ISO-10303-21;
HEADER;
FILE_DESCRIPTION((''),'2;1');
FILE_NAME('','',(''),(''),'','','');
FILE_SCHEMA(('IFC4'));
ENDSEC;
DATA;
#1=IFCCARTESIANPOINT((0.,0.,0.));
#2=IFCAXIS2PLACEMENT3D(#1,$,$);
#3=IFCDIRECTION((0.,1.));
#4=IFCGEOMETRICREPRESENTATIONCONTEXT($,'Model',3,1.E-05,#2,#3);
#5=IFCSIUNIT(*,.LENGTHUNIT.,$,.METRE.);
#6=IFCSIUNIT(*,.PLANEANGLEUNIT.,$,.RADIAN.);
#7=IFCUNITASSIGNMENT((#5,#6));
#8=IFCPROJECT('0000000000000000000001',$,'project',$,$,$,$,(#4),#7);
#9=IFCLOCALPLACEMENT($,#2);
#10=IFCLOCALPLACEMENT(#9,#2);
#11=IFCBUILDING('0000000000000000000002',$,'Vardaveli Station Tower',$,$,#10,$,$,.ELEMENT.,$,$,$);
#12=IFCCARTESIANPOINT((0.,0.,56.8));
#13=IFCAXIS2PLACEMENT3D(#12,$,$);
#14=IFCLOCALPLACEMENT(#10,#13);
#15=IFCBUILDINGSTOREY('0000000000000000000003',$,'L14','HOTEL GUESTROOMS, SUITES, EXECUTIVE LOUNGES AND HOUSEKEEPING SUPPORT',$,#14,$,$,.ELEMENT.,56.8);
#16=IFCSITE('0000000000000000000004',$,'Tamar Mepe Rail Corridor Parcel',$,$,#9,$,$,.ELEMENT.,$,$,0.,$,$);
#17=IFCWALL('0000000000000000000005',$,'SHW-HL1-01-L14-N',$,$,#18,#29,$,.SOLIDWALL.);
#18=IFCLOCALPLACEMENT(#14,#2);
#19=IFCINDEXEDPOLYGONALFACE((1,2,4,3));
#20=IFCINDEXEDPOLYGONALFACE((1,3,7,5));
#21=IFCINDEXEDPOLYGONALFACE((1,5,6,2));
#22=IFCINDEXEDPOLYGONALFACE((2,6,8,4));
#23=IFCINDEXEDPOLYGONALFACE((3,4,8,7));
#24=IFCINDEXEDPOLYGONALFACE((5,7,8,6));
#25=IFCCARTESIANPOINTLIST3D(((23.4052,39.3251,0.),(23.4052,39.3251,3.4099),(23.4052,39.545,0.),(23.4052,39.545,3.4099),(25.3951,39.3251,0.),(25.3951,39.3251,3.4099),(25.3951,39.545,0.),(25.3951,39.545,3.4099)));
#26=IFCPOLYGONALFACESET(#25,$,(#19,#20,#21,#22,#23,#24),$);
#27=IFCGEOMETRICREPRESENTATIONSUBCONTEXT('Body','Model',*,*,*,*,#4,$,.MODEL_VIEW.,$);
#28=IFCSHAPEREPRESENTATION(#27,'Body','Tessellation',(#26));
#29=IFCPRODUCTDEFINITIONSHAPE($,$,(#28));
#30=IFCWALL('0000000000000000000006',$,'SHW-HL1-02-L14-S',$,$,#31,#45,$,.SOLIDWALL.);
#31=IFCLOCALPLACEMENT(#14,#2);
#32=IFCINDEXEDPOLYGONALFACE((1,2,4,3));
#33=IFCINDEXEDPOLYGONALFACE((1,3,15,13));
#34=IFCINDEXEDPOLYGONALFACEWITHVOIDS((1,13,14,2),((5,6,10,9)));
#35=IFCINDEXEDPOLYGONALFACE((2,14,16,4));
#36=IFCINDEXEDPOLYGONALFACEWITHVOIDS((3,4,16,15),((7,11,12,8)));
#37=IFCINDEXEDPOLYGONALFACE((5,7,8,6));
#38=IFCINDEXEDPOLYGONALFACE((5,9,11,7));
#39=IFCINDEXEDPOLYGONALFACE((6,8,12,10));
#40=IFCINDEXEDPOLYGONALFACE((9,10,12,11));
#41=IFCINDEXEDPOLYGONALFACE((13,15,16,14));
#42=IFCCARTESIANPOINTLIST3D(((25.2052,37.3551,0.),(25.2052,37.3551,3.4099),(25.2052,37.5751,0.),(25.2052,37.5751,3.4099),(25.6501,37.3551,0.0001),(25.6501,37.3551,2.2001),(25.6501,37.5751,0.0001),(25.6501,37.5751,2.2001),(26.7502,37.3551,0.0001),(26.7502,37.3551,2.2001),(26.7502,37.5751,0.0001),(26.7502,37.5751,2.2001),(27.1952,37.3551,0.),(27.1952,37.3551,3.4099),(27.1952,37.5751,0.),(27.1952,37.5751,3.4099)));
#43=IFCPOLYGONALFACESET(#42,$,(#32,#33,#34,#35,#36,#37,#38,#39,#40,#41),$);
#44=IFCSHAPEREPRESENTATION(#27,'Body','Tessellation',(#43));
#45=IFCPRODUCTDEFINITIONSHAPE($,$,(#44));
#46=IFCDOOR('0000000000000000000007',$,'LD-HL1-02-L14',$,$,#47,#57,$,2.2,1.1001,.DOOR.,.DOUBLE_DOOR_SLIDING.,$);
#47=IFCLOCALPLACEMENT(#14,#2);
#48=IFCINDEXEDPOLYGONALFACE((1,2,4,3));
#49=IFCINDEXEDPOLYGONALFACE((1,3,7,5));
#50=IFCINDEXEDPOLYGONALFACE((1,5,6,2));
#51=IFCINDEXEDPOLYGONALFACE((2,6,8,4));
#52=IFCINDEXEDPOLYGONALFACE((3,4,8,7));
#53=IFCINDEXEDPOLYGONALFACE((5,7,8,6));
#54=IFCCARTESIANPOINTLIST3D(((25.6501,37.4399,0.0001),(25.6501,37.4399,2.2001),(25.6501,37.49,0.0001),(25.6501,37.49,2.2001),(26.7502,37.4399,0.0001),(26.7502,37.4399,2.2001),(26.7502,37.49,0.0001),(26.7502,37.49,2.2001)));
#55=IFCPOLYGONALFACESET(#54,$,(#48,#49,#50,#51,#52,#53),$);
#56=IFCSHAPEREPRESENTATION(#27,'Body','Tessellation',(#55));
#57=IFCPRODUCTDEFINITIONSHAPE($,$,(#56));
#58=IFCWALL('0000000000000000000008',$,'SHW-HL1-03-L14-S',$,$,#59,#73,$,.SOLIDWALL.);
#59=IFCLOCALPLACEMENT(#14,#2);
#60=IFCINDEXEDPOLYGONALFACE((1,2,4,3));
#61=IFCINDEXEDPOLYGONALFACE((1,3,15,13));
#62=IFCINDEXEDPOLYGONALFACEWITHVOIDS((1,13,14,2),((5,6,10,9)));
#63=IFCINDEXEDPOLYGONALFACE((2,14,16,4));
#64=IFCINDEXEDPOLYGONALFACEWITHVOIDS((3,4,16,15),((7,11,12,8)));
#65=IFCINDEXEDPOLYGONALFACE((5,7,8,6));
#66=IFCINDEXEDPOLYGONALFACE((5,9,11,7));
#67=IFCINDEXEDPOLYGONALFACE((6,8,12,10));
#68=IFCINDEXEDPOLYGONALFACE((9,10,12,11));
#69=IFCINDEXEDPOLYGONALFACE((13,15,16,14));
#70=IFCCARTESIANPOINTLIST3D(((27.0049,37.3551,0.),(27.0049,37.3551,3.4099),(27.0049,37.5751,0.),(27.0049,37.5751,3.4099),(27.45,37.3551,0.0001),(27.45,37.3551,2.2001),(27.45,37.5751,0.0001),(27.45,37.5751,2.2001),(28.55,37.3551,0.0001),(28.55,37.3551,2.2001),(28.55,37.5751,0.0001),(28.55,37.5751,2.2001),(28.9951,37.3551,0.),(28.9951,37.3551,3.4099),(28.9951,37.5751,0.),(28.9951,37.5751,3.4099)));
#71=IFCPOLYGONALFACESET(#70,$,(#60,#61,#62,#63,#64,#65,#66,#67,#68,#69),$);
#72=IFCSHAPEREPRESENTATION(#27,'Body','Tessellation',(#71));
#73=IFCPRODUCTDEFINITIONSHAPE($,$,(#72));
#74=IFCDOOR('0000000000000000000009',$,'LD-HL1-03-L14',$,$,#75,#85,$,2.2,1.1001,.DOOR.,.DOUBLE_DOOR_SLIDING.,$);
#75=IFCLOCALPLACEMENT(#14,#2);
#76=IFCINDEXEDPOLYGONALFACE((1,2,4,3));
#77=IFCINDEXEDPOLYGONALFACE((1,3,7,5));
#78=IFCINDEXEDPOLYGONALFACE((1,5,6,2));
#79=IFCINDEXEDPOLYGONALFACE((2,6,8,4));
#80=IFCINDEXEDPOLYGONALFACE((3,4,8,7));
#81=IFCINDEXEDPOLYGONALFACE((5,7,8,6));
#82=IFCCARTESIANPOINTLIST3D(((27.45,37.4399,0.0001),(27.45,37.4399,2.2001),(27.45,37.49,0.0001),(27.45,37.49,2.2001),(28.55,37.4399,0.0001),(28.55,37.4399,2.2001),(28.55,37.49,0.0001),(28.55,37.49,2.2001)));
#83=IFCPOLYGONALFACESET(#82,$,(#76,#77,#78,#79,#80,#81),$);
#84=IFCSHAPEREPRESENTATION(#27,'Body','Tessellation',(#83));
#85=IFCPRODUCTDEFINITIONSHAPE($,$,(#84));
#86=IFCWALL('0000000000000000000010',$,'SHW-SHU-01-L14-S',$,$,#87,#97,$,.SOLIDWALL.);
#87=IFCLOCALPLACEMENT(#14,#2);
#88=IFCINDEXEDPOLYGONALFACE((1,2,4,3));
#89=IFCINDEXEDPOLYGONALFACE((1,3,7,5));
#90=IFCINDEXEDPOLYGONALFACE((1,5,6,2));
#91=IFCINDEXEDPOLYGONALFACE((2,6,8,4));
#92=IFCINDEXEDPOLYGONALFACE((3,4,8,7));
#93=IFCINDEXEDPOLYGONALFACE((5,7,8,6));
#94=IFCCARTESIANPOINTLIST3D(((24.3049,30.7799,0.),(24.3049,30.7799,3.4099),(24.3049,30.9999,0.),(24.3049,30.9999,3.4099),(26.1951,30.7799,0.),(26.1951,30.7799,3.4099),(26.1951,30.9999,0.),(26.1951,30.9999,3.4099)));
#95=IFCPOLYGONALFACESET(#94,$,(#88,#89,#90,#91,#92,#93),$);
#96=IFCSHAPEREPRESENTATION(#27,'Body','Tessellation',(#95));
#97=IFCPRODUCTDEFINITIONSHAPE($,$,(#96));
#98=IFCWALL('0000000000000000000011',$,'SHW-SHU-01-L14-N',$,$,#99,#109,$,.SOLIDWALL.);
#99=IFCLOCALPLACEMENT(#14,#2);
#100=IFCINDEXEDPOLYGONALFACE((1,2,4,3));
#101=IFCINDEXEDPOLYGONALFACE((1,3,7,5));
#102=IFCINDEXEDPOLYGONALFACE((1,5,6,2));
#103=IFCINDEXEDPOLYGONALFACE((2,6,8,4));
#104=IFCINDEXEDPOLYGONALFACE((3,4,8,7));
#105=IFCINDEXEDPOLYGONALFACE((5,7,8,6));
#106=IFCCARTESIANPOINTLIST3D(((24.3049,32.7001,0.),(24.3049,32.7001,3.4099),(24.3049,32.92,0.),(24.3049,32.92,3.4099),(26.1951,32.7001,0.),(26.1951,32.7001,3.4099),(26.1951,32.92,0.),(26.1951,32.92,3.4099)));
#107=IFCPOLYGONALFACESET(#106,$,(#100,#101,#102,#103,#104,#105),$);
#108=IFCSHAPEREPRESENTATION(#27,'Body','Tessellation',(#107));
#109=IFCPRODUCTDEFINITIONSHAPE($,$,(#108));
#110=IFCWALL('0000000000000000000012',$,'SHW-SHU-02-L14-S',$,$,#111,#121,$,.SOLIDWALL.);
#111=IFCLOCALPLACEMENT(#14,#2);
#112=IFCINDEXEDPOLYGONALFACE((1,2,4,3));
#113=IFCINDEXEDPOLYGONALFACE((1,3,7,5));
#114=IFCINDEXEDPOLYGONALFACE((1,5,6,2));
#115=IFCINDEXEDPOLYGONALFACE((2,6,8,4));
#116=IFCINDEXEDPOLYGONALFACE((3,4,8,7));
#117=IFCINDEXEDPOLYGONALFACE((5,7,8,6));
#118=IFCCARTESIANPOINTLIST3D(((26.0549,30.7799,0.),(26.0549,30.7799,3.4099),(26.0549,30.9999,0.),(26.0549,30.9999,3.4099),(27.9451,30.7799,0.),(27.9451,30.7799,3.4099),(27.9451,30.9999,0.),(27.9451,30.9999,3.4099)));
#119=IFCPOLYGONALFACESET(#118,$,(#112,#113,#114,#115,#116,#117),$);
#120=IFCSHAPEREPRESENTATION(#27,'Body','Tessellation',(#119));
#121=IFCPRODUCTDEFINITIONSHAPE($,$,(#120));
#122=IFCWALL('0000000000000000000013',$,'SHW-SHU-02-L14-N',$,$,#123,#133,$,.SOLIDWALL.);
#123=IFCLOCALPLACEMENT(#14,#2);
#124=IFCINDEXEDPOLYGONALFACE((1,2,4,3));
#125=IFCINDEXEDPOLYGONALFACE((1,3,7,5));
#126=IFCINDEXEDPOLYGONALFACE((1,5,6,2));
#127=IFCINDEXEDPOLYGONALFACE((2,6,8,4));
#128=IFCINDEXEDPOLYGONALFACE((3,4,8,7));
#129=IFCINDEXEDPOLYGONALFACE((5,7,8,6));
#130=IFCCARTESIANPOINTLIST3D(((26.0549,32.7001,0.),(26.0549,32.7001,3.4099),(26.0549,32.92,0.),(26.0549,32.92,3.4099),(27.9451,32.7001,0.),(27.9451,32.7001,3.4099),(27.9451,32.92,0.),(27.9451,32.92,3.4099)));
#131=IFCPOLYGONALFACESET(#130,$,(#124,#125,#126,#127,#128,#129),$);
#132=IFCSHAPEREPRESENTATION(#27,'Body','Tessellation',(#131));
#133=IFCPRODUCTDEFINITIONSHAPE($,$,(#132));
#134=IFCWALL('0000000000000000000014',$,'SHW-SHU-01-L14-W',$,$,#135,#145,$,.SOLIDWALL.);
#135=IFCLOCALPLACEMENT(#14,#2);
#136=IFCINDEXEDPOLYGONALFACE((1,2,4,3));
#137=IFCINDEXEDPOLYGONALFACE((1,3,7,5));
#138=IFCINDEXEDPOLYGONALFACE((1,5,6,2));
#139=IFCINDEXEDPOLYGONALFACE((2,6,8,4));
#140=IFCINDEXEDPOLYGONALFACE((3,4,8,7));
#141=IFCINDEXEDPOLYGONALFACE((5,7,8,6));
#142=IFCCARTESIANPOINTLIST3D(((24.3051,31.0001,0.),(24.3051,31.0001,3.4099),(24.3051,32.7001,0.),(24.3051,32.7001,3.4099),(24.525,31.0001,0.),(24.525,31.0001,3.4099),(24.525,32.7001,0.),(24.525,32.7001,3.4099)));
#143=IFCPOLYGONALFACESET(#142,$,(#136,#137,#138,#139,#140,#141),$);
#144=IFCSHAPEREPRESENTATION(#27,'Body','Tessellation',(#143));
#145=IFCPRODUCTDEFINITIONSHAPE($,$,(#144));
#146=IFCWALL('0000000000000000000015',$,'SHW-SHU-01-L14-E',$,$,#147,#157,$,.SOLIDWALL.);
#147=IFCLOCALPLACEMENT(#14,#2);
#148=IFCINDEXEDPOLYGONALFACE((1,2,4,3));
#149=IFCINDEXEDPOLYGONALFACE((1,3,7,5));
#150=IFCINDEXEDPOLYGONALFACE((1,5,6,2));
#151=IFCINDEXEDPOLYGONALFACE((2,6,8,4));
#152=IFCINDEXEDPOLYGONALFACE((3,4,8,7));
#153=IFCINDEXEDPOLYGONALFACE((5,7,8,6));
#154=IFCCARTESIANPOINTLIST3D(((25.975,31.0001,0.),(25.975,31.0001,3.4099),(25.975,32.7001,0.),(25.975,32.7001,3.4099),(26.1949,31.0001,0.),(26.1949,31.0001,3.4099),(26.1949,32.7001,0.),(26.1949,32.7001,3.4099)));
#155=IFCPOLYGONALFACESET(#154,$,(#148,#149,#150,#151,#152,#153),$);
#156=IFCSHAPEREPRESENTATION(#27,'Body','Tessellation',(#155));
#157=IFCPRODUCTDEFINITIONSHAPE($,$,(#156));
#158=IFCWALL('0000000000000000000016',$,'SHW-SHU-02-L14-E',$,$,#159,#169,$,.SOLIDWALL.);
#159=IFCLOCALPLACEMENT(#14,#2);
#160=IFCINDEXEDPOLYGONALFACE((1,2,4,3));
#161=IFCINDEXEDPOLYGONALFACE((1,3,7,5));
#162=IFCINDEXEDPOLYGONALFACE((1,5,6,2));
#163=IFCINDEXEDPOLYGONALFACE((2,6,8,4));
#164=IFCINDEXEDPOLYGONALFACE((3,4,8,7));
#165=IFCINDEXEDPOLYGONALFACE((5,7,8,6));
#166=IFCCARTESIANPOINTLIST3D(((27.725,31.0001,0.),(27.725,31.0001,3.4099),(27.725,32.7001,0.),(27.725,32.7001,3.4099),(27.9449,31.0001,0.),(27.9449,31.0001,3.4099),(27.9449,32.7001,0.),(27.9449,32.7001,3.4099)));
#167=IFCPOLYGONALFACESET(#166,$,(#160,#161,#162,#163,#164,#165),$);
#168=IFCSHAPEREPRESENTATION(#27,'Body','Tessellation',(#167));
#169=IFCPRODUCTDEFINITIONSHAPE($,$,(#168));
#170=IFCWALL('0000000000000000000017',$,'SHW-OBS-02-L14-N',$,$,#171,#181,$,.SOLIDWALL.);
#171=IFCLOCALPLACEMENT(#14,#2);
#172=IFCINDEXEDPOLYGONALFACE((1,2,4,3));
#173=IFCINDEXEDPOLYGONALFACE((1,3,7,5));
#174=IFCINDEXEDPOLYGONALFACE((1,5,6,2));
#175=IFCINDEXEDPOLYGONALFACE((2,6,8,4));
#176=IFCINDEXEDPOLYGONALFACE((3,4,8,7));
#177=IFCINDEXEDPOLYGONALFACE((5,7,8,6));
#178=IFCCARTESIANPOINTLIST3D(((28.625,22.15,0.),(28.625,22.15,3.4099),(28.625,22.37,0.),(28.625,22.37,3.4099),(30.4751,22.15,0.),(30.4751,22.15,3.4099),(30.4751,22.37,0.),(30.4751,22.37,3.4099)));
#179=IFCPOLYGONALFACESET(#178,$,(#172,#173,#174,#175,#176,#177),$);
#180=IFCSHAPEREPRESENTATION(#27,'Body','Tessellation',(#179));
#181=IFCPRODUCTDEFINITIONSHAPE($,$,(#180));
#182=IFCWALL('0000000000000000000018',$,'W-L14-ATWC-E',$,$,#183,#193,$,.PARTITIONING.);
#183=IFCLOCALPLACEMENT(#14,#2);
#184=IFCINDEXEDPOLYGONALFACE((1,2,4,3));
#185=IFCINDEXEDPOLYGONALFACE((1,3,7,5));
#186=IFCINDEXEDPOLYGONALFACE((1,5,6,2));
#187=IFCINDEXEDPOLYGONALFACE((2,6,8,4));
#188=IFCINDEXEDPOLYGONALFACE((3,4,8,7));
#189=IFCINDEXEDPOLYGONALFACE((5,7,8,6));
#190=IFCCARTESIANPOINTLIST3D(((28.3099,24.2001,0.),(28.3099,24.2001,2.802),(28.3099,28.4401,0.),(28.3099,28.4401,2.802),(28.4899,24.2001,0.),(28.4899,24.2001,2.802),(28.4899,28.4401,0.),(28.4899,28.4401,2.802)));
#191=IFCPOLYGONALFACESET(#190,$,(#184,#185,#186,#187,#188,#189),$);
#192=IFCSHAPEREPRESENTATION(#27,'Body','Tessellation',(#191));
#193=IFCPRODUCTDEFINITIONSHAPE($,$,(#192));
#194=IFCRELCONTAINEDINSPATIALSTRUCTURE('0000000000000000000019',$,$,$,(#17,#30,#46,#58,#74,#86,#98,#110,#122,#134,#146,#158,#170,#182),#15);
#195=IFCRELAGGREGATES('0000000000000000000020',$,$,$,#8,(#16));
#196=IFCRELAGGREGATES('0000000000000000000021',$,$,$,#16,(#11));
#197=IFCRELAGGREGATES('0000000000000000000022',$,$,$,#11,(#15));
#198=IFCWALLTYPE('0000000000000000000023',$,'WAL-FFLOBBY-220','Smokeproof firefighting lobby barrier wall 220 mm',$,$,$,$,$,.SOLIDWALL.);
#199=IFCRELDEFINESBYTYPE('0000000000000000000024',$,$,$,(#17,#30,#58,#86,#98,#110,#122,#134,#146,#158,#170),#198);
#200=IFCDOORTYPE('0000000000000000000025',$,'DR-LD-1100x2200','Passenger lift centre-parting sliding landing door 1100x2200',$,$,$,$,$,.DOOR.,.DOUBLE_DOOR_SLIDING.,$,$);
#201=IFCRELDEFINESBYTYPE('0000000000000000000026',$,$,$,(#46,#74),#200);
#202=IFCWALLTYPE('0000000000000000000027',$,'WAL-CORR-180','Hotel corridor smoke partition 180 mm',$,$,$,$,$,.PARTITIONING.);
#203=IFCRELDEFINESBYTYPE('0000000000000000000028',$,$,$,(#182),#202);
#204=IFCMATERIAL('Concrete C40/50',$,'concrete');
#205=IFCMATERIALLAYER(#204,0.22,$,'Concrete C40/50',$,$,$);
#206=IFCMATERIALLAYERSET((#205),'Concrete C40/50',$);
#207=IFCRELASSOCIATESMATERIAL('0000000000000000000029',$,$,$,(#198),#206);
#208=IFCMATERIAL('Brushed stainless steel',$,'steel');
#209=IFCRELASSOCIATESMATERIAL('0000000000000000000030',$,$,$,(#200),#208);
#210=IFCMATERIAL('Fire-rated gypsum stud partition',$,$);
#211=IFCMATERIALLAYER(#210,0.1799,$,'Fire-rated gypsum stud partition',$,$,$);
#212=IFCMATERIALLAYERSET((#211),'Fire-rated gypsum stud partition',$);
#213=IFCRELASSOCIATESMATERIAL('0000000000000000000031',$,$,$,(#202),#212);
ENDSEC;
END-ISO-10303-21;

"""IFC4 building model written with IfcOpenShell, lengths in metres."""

from ifc_helpers import new_model, si_unit, direction, frame, frame_2d, origin, place, context, subcontext, project, spatial, rectangle, extrude, source, transform, mapped, material, layer, layer_set, type_object, element, fill, save


model = new_model("IFC4")

# Units and contexts
model_context = context("Model", 3, precision=1e-05, world=origin(), true_north=direction((0.0, 1.0)))
body_context = subcontext(model_context, "Body", "Model", "MODEL_VIEW")
ifc_project = project(units=[si_unit("LENGTHUNIT", "METRE"), si_unit("PLANEANGLEUNIT", "RADIAN")], contexts=[model_context])

# Site, building, storey
site_placement = place(None, origin())
site = spatial("IfcSite", under=ifc_project, at=site_placement, Name="Tamar Mepe Rail Corridor Parcel", CompositionType="ELEMENT", RefElevation=0.0)
building_placement = place(site_placement, origin())
building = spatial("IfcBuilding", under=site, at=building_placement, Name="Vardaveli Station Tower", CompositionType="ELEMENT")
storey_placement = place(building_placement, frame((0.0, 0.0, 56.8)))
storey = spatial("IfcBuildingStorey", under=building, at=storey_placement, Name="L14", Description="HOTEL GUESTROOMS, SUITES, EXECUTIVE LOUNGES AND HOUSEKEEPING SUPPORT", CompositionType="ELEMENT", Elevation=56.8)

# Shared definitions
ifc_material_1 = material(Name="Concrete C40/50", Category="concrete")
ifc_layer_1 = layer(ifc_material_1, 0.22, Name="Concrete C40/50")
ifc_layer_set_1 = layer_set([ifc_layer_1], Name="Concrete C40/50")
wall_type_1 = type_object("IfcWallType", Name="WAL-FFLOBBY-220", Description="Smokeproof firefighting lobby barrier wall 220 mm", PredefinedType="SOLIDWALL", material=ifc_layer_set_1)

# Shared definitions
shared_shape_1 = source(origin(), body_context, "Body", "SweptSolid", [
    extrude(rectangle(XDim=1.99, YDim=0.22, at=frame_2d((0.9951, 0.0))), origin(), (0.0, 0.0, 1.0), 3.4099),
])
shared_shape_2 = source(origin(), body_context, "Body", "SweptSolid", [
    extrude(rectangle(XDim=1.1001, YDim=2.2, at=frame_2d((0.55, 1.1001))), frame((0.0, 0.1201, 0.0), z_axis=(0.0, -1.0, 0.0), x_axis=(1.0, 0.0, 0.0)), (0.0, 0.0, 1.0), 0.24),
])
ifc_material_2 = material(Name="Brushed stainless steel", Category="steel")
door_type_1 = type_object("IfcDoorType", Name="DR-LD-1100x2200", Description="Passenger lift centre-parting sliding landing door 1100x2200", OperationType="DOUBLE_DOOR_SLIDING", PredefinedType="DOOR", material=ifc_material_2)
shared_shape_3 = source(origin(), body_context, "Body", "SweptSolid", [
    extrude(rectangle(XDim=1.1001, YDim=2.2, at=frame_2d((0.55, 1.1001))), frame((0.0, 0.0249, 0.0), z_axis=(0.0, -1.0, 0.0), x_axis=(1.0, 0.0, 0.0)), (0.0, 0.0, 1.0), 0.05),
])

# Wall
wall_1_placement = place(storey_placement, frame((23.405, 39.4351, 0.0), z_axis=(0.0, 0.0, 1.0), x_axis=(1.0, 0.0, 0.0)))
element("IfcWall", 1, at=wall_1_placement, inside=storey, type_object=wall_type_1, Name="SHW-HL1-01-L14-N", PredefinedType="SOLIDWALL", context=body_context, shape_type="MappedRepresentation", body=[
    mapped(shared_shape_1, transform((0.0, 0.0, 0.0), scale=1.0)),
])

# Walls, openings, doors
wall_2_placement = place(storey_placement, frame((25.2051, 37.4651, 0.0), z_axis=(0.0, 0.0, 1.0), x_axis=(1.0, 0.0, 0.0)))
wall_2 = element("IfcWall", 2, at=wall_2_placement, inside=storey, type_object=wall_type_1, Name="SHW-HL1-02-L14-S", PredefinedType="SOLIDWALL", context=body_context, shape_type="MappedRepresentation", body=[
    mapped(shared_shape_1, transform((0.0, 0.0, 0.0), scale=1.0)),
])
opening_1_placement = place(wall_2_placement, frame((0.4451, 0.0, 0.0)))
opening_1 = element("IfcOpeningElement", 3, at=opening_1_placement, cuts=wall_2, PredefinedType="OPENING", context=body_context, shape_type="MappedRepresentation", body=[
    mapped(shared_shape_2, transform((0.0, 0.0, 0.0), scale=1.0)),
])
door_1_placement = place(opening_1_placement, origin())
door_1 = element("IfcDoor", 4, at=door_1_placement, inside=storey, type_object=door_type_1, Name="LD-HL1-02-L14", OperationType="DOUBLE_DOOR_SLIDING", OverallHeight=2.2, OverallWidth=1.1001, PredefinedType="DOOR", context=body_context, shape_type="MappedRepresentation", body=[
    mapped(shared_shape_3, transform((0.0, 0.0, 0.0), scale=1.0)),
])
fill(opening_1, door_1)
shared_shape_4 = source(origin(), body_context, "Body", "SweptSolid", [
    extrude(rectangle(XDim=1.9902, YDim=0.22, at=frame_2d((0.9951, 0.0))), origin(), (0.0, 0.0, 1.0), 3.4099),
])
wall_3_placement = place(storey_placement, frame((27.0049, 37.4651, 0.0), z_axis=(0.0, 0.0, 1.0), x_axis=(1.0, 0.0, 0.0)))
wall_3 = element("IfcWall", 5, at=wall_3_placement, inside=storey, type_object=wall_type_1, Name="SHW-HL1-03-L14-S", PredefinedType="SOLIDWALL", context=body_context, shape_type="MappedRepresentation", body=[
    mapped(shared_shape_4, transform((0.0, 0.0, 0.0), scale=1.0)),
])
opening_2_placement = place(wall_3_placement, frame((0.4451, 0.0, 0.0)))
opening_2 = element("IfcOpeningElement", 6, at=opening_2_placement, cuts=wall_3, PredefinedType="OPENING", context=body_context, shape_type="MappedRepresentation", body=[
    mapped(shared_shape_2, transform((0.0, 0.0, 0.0), scale=1.0)),
])
door_2_placement = place(opening_2_placement, origin())
door_2 = element("IfcDoor", 7, at=door_2_placement, inside=storey, type_object=door_type_1, Name="LD-HL1-03-L14", OperationType="DOUBLE_DOOR_SLIDING", OverallHeight=2.2, OverallWidth=1.1001, PredefinedType="DOOR", context=body_context, shape_type="MappedRepresentation", body=[
    mapped(shared_shape_3, transform((0.0, 0.0, 0.0), scale=1.0)),
])
fill(opening_2, door_2)

# Walls
shared_shape_5 = source(origin(), body_context, "Body", "SweptSolid", [
    extrude(rectangle(XDim=1.8901, YDim=0.22, at=frame_2d((0.9451, 0.0))), origin(), (0.0, 0.0, 1.0), 3.4099),
])
for number, where, z_axis, x_axis, name in (
    (8, (24.3049, 30.8899, 0.0), (0.0, 0.0, 1.0), (1.0, 0.0, 0.0), "SHW-SHU-01-L14-S"),
    (9, (24.3049, 32.8101, 0.0), (0.0, 0.0, 1.0), (1.0, 0.0, 0.0), "SHW-SHU-01-L14-N"),
    (10, (26.0549, 30.8899, 0.0), (0.0, 0.0, 1.0), (1.0, 0.0, 0.0), "SHW-SHU-02-L14-S"),
    (11, (26.0549, 32.8101, 0.0), (0.0, 0.0, 1.0), (1.0, 0.0, 0.0), "SHW-SHU-02-L14-N"),
):
    element("IfcWall", number, at=place(storey_placement, frame(where, z_axis=z_axis, x_axis=x_axis)), inside=storey, type_object=wall_type_1, Name=name, PredefinedType="SOLIDWALL", context=body_context, shape_type="MappedRepresentation", body=[
        mapped(shared_shape_5, transform((0.0, 0.0, 0.0), scale=1.0)),
    ])
shared_shape_6 = source(origin(), body_context, "Body", "SweptSolid", [
    extrude(rectangle(XDim=1.7, YDim=0.22, at=frame_2d((0.8501, 0.0))), origin(), (0.0, 0.0, 1.0), 3.4099),
])
for number, where, z_axis, x_axis, name in (
    (12, (24.415, 31.0, 0.0), (0.0, 0.0, 1.0), (0.0, 1.0, 0.0), "SHW-SHU-01-L14-W"),
    (13, (26.085, 31.0, 0.0), (0.0, 0.0, 1.0), (0.0, 1.0, 0.0), "SHW-SHU-01-L14-E"),
    (14, (27.835, 31.0, 0.0), (0.0, 0.0, 1.0), (0.0, 1.0, 0.0), "SHW-SHU-02-L14-E"),
):
    element("IfcWall", number, at=place(storey_placement, frame(where, z_axis=z_axis, x_axis=x_axis)), inside=storey, type_object=wall_type_1, Name=name, PredefinedType="SOLIDWALL", context=body_context, shape_type="MappedRepresentation", body=[
        mapped(shared_shape_6, transform((0.0, 0.0, 0.0), scale=1.0)),
    ])
shared_shape_7 = source(origin(), body_context, "Body", "SweptSolid", [
    extrude(rectangle(XDim=1.8501, YDim=0.22, at=frame_2d((0.925, 0.0))), origin(), (0.0, 0.0, 1.0), 3.4099),
])
wall_4_placement = place(storey_placement, frame((28.625, 22.26, 0.0), z_axis=(0.0, 0.0, 1.0), x_axis=(1.0, 0.0, 0.0)))
element("IfcWall", 15, at=wall_4_placement, inside=storey, type_object=wall_type_1, Name="SHW-OBS-02-L14-N", PredefinedType="SOLIDWALL", context=body_context, shape_type="MappedRepresentation", body=[
    mapped(shared_shape_7, transform((0.0, 0.0, 0.0), scale=1.0)),
])
ifc_material_3 = material(Name="Fire-rated gypsum stud partition")
ifc_layer_2 = layer(ifc_material_3, 0.1799, Name="Fire-rated gypsum stud partition")
ifc_layer_set_2 = layer_set([ifc_layer_2], Name="Fire-rated gypsum stud partition")
wall_type_2 = type_object("IfcWallType", Name="WAL-CORR-180", Description="Hotel corridor smoke partition 180 mm", PredefinedType="PARTITIONING", material=ifc_layer_set_2)
shared_shape_8 = source(origin(), body_context, "Body", "SweptSolid", [
    extrude(rectangle(XDim=4.24, YDim=0.1799, at=frame_2d((2.1201, 0.0))), origin(), (0.0, 0.0, 1.0), 2.802),
])
wall_5_placement = place(storey_placement, frame((28.3999, 24.2, 0.0), z_axis=(0.0, 0.0, 1.0), x_axis=(0.0, 1.0, 0.0)))
element("IfcWall", 16, at=wall_5_placement, inside=storey, type_object=wall_type_2, Name="W-L14-ATWC-E", PredefinedType="PARTITIONING", context=body_context, shape_type="MappedRepresentation", body=[
    mapped(shared_shape_8, transform((0.0, 0.0, 0.0), scale=1.0)),
])

save(model, "model.ifc")
